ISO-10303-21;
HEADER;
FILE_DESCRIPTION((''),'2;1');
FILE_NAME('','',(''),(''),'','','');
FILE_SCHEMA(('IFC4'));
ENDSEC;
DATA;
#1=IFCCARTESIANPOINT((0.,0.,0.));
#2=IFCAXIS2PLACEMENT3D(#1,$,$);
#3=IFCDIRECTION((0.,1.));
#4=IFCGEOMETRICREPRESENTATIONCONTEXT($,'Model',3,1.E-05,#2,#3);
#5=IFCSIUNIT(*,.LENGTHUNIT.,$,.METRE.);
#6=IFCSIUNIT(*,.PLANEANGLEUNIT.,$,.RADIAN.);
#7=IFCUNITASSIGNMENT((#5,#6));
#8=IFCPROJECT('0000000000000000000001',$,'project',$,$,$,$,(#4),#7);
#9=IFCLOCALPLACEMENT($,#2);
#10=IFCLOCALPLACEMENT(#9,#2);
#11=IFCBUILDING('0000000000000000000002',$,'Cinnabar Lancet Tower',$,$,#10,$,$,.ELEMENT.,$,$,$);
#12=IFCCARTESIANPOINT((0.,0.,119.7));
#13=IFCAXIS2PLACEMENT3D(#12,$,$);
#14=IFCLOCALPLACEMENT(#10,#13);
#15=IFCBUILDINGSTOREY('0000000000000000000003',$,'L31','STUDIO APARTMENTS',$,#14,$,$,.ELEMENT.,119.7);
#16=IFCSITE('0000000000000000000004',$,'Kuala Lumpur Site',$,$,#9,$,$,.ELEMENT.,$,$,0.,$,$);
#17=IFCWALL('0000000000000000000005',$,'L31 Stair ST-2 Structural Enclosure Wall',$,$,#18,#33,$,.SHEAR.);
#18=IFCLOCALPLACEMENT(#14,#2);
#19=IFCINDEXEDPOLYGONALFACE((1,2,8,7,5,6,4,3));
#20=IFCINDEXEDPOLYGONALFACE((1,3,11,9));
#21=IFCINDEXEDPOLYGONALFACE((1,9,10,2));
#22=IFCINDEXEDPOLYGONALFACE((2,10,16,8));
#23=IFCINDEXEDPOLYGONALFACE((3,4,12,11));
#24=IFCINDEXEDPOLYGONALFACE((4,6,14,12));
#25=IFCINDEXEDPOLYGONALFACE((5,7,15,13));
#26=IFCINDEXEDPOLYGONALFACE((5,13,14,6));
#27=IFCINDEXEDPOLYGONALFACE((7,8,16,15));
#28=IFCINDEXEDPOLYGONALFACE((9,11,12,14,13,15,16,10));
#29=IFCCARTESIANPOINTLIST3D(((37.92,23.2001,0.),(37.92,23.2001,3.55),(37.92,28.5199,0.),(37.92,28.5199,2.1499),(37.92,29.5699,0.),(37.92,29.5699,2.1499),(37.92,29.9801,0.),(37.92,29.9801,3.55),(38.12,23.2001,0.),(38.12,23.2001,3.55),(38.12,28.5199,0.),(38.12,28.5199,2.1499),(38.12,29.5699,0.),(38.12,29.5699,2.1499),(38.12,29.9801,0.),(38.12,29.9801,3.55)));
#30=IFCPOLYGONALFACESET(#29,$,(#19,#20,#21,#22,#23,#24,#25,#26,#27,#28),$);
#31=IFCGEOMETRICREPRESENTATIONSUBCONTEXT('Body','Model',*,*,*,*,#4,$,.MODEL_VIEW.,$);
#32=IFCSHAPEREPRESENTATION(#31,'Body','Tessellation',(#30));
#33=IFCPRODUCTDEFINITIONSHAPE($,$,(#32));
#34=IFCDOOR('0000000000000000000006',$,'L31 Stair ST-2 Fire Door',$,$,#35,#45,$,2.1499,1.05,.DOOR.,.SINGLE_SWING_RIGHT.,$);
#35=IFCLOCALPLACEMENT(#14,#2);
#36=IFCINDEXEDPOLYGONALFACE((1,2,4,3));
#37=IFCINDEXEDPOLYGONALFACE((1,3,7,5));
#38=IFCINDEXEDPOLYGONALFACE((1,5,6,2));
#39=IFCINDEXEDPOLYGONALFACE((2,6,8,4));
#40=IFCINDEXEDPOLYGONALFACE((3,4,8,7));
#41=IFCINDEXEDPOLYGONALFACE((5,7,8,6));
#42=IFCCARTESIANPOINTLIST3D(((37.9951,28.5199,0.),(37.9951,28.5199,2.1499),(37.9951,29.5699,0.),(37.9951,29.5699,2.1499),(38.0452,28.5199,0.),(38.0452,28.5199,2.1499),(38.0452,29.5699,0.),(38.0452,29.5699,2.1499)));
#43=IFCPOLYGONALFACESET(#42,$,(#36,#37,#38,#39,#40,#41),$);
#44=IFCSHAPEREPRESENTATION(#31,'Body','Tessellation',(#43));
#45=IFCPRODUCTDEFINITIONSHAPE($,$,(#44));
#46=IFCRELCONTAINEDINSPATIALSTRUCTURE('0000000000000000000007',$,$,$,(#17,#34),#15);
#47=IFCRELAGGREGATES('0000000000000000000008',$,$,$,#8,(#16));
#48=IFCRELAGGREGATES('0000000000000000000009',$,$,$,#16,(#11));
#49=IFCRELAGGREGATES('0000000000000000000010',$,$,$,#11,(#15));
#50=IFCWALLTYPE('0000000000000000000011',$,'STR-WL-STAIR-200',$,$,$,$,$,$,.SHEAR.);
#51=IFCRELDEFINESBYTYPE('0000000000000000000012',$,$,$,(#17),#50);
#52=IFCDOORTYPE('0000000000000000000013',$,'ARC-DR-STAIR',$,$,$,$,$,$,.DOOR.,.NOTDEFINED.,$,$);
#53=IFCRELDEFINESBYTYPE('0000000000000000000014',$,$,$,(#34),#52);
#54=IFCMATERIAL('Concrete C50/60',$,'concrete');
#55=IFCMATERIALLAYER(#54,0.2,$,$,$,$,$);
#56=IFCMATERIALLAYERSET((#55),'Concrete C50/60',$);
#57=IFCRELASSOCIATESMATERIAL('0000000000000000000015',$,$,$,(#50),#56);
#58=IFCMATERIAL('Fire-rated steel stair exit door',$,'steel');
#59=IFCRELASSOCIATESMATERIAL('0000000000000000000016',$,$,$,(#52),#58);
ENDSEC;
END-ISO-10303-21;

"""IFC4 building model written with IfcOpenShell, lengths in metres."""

from ifc_helpers import new_model, si_unit, direction, frame, frame_2d, origin, place, context, subcontext, project, spatial, rectangle, extrude, material, layer, layer_set, type_object, element, fill, save


model = new_model("IFC4")

# Units and contexts
model_context = context("Model", 3, precision=1e-05, world=origin(), true_north=direction((0.0, 1.0)))
body_context = subcontext(model_context, "Body", "Model", "MODEL_VIEW")
ifc_project = project(units=[si_unit("LENGTHUNIT", "METRE"), si_unit("PLANEANGLEUNIT", "RADIAN")], contexts=[model_context])

# Site, building, storey
site_placement = place(None, origin())
site = spatial("IfcSite", under=ifc_project, at=site_placement, Name="Kuala Lumpur Site", CompositionType="ELEMENT", RefElevation=0.0)
building_placement = place(site_placement, origin())
building = spatial("IfcBuilding", under=site, at=building_placement, Name="Cinnabar Lancet Tower", CompositionType="ELEMENT")
storey_placement = place(building_placement, frame((0.0, 0.0, 119.7)))
storey = spatial("IfcBuildingStorey", under=building, at=storey_placement, Name="L31", Description="STUDIO APARTMENTS", CompositionType="ELEMENT", Elevation=119.7)

# Wall, opening, door
ifc_material_1 = material(Name="Concrete C50/60", Category="concrete")
ifc_layer_1 = layer(ifc_material_1, 0.2)
ifc_layer_set_1 = layer_set([ifc_layer_1], Name="Concrete C50/60")
wall_type_1 = type_object("IfcWallType", Name="STR-WL-STAIR-200", PredefinedType="SHEAR", material=ifc_layer_set_1)
wall_1_placement = place(storey_placement, frame((38.02, 23.2, 0.0), z_axis=(0.0, 0.0, 1.0), x_axis=(0.0, 1.0, 0.0)))
wall_1 = element("IfcWall", 1, at=wall_1_placement, inside=storey, type_object=wall_type_1, Name="L31 Stair ST-2 Structural Enclosure Wall", PredefinedType="SHEAR", context=body_context, shape_type="SweptSolid", body=[
    extrude(rectangle(XDim=6.78, YDim=0.2, at=frame_2d((3.3901, 0.0))), origin(), (0.0, 0.0, 1.0), 3.55),
])
opening_1_placement = place(wall_1_placement, frame((5.3201, 0.0, 0.0)))
opening_1 = element("IfcOpeningElement", 2, at=opening_1_placement, cuts=wall_1, PredefinedType="OPENING", context=body_context, shape_type="SweptSolid", body=[
    extrude(rectangle(XDim=1.05, YDim=2.1499, at=frame_2d((0.5249, 1.075))), frame((0.0, 0.1099, 0.0), z_axis=(0.0, -1.0, 0.0), x_axis=(1.0, 0.0, 0.0)), (0.0, 0.0, 1.0), 0.22),
])
ifc_material_2 = material(Name="Fire-rated steel stair exit door", Category="steel")
door_type_1 = type_object("IfcDoorType", Name="ARC-DR-STAIR", OperationType="NOTDEFINED", PredefinedType="DOOR", material=ifc_material_2)
door_1_placement = place(opening_1_placement, origin())
door_1 = element("IfcDoor", 3, at=door_1_placement, inside=storey, type_object=door_type_1, Name="L31 Stair ST-2 Fire Door", OperationType="SINGLE_SWING_RIGHT", OverallHeight=2.1499, OverallWidth=1.05, PredefinedType="DOOR", context=body_context, shape_type="SweptSolid", body=[
    extrude(rectangle(XDim=1.05, YDim=2.1499, at=frame_2d((0.5249, 1.075))), frame((0.0, 0.0249, 0.0), z_axis=(0.0, -1.0, 0.0), x_axis=(1.0, 0.0, 0.0)), (0.0, 0.0, 1.0), 0.05),
])
fill(opening_1, door_1)

save(model, "model.ifc")
